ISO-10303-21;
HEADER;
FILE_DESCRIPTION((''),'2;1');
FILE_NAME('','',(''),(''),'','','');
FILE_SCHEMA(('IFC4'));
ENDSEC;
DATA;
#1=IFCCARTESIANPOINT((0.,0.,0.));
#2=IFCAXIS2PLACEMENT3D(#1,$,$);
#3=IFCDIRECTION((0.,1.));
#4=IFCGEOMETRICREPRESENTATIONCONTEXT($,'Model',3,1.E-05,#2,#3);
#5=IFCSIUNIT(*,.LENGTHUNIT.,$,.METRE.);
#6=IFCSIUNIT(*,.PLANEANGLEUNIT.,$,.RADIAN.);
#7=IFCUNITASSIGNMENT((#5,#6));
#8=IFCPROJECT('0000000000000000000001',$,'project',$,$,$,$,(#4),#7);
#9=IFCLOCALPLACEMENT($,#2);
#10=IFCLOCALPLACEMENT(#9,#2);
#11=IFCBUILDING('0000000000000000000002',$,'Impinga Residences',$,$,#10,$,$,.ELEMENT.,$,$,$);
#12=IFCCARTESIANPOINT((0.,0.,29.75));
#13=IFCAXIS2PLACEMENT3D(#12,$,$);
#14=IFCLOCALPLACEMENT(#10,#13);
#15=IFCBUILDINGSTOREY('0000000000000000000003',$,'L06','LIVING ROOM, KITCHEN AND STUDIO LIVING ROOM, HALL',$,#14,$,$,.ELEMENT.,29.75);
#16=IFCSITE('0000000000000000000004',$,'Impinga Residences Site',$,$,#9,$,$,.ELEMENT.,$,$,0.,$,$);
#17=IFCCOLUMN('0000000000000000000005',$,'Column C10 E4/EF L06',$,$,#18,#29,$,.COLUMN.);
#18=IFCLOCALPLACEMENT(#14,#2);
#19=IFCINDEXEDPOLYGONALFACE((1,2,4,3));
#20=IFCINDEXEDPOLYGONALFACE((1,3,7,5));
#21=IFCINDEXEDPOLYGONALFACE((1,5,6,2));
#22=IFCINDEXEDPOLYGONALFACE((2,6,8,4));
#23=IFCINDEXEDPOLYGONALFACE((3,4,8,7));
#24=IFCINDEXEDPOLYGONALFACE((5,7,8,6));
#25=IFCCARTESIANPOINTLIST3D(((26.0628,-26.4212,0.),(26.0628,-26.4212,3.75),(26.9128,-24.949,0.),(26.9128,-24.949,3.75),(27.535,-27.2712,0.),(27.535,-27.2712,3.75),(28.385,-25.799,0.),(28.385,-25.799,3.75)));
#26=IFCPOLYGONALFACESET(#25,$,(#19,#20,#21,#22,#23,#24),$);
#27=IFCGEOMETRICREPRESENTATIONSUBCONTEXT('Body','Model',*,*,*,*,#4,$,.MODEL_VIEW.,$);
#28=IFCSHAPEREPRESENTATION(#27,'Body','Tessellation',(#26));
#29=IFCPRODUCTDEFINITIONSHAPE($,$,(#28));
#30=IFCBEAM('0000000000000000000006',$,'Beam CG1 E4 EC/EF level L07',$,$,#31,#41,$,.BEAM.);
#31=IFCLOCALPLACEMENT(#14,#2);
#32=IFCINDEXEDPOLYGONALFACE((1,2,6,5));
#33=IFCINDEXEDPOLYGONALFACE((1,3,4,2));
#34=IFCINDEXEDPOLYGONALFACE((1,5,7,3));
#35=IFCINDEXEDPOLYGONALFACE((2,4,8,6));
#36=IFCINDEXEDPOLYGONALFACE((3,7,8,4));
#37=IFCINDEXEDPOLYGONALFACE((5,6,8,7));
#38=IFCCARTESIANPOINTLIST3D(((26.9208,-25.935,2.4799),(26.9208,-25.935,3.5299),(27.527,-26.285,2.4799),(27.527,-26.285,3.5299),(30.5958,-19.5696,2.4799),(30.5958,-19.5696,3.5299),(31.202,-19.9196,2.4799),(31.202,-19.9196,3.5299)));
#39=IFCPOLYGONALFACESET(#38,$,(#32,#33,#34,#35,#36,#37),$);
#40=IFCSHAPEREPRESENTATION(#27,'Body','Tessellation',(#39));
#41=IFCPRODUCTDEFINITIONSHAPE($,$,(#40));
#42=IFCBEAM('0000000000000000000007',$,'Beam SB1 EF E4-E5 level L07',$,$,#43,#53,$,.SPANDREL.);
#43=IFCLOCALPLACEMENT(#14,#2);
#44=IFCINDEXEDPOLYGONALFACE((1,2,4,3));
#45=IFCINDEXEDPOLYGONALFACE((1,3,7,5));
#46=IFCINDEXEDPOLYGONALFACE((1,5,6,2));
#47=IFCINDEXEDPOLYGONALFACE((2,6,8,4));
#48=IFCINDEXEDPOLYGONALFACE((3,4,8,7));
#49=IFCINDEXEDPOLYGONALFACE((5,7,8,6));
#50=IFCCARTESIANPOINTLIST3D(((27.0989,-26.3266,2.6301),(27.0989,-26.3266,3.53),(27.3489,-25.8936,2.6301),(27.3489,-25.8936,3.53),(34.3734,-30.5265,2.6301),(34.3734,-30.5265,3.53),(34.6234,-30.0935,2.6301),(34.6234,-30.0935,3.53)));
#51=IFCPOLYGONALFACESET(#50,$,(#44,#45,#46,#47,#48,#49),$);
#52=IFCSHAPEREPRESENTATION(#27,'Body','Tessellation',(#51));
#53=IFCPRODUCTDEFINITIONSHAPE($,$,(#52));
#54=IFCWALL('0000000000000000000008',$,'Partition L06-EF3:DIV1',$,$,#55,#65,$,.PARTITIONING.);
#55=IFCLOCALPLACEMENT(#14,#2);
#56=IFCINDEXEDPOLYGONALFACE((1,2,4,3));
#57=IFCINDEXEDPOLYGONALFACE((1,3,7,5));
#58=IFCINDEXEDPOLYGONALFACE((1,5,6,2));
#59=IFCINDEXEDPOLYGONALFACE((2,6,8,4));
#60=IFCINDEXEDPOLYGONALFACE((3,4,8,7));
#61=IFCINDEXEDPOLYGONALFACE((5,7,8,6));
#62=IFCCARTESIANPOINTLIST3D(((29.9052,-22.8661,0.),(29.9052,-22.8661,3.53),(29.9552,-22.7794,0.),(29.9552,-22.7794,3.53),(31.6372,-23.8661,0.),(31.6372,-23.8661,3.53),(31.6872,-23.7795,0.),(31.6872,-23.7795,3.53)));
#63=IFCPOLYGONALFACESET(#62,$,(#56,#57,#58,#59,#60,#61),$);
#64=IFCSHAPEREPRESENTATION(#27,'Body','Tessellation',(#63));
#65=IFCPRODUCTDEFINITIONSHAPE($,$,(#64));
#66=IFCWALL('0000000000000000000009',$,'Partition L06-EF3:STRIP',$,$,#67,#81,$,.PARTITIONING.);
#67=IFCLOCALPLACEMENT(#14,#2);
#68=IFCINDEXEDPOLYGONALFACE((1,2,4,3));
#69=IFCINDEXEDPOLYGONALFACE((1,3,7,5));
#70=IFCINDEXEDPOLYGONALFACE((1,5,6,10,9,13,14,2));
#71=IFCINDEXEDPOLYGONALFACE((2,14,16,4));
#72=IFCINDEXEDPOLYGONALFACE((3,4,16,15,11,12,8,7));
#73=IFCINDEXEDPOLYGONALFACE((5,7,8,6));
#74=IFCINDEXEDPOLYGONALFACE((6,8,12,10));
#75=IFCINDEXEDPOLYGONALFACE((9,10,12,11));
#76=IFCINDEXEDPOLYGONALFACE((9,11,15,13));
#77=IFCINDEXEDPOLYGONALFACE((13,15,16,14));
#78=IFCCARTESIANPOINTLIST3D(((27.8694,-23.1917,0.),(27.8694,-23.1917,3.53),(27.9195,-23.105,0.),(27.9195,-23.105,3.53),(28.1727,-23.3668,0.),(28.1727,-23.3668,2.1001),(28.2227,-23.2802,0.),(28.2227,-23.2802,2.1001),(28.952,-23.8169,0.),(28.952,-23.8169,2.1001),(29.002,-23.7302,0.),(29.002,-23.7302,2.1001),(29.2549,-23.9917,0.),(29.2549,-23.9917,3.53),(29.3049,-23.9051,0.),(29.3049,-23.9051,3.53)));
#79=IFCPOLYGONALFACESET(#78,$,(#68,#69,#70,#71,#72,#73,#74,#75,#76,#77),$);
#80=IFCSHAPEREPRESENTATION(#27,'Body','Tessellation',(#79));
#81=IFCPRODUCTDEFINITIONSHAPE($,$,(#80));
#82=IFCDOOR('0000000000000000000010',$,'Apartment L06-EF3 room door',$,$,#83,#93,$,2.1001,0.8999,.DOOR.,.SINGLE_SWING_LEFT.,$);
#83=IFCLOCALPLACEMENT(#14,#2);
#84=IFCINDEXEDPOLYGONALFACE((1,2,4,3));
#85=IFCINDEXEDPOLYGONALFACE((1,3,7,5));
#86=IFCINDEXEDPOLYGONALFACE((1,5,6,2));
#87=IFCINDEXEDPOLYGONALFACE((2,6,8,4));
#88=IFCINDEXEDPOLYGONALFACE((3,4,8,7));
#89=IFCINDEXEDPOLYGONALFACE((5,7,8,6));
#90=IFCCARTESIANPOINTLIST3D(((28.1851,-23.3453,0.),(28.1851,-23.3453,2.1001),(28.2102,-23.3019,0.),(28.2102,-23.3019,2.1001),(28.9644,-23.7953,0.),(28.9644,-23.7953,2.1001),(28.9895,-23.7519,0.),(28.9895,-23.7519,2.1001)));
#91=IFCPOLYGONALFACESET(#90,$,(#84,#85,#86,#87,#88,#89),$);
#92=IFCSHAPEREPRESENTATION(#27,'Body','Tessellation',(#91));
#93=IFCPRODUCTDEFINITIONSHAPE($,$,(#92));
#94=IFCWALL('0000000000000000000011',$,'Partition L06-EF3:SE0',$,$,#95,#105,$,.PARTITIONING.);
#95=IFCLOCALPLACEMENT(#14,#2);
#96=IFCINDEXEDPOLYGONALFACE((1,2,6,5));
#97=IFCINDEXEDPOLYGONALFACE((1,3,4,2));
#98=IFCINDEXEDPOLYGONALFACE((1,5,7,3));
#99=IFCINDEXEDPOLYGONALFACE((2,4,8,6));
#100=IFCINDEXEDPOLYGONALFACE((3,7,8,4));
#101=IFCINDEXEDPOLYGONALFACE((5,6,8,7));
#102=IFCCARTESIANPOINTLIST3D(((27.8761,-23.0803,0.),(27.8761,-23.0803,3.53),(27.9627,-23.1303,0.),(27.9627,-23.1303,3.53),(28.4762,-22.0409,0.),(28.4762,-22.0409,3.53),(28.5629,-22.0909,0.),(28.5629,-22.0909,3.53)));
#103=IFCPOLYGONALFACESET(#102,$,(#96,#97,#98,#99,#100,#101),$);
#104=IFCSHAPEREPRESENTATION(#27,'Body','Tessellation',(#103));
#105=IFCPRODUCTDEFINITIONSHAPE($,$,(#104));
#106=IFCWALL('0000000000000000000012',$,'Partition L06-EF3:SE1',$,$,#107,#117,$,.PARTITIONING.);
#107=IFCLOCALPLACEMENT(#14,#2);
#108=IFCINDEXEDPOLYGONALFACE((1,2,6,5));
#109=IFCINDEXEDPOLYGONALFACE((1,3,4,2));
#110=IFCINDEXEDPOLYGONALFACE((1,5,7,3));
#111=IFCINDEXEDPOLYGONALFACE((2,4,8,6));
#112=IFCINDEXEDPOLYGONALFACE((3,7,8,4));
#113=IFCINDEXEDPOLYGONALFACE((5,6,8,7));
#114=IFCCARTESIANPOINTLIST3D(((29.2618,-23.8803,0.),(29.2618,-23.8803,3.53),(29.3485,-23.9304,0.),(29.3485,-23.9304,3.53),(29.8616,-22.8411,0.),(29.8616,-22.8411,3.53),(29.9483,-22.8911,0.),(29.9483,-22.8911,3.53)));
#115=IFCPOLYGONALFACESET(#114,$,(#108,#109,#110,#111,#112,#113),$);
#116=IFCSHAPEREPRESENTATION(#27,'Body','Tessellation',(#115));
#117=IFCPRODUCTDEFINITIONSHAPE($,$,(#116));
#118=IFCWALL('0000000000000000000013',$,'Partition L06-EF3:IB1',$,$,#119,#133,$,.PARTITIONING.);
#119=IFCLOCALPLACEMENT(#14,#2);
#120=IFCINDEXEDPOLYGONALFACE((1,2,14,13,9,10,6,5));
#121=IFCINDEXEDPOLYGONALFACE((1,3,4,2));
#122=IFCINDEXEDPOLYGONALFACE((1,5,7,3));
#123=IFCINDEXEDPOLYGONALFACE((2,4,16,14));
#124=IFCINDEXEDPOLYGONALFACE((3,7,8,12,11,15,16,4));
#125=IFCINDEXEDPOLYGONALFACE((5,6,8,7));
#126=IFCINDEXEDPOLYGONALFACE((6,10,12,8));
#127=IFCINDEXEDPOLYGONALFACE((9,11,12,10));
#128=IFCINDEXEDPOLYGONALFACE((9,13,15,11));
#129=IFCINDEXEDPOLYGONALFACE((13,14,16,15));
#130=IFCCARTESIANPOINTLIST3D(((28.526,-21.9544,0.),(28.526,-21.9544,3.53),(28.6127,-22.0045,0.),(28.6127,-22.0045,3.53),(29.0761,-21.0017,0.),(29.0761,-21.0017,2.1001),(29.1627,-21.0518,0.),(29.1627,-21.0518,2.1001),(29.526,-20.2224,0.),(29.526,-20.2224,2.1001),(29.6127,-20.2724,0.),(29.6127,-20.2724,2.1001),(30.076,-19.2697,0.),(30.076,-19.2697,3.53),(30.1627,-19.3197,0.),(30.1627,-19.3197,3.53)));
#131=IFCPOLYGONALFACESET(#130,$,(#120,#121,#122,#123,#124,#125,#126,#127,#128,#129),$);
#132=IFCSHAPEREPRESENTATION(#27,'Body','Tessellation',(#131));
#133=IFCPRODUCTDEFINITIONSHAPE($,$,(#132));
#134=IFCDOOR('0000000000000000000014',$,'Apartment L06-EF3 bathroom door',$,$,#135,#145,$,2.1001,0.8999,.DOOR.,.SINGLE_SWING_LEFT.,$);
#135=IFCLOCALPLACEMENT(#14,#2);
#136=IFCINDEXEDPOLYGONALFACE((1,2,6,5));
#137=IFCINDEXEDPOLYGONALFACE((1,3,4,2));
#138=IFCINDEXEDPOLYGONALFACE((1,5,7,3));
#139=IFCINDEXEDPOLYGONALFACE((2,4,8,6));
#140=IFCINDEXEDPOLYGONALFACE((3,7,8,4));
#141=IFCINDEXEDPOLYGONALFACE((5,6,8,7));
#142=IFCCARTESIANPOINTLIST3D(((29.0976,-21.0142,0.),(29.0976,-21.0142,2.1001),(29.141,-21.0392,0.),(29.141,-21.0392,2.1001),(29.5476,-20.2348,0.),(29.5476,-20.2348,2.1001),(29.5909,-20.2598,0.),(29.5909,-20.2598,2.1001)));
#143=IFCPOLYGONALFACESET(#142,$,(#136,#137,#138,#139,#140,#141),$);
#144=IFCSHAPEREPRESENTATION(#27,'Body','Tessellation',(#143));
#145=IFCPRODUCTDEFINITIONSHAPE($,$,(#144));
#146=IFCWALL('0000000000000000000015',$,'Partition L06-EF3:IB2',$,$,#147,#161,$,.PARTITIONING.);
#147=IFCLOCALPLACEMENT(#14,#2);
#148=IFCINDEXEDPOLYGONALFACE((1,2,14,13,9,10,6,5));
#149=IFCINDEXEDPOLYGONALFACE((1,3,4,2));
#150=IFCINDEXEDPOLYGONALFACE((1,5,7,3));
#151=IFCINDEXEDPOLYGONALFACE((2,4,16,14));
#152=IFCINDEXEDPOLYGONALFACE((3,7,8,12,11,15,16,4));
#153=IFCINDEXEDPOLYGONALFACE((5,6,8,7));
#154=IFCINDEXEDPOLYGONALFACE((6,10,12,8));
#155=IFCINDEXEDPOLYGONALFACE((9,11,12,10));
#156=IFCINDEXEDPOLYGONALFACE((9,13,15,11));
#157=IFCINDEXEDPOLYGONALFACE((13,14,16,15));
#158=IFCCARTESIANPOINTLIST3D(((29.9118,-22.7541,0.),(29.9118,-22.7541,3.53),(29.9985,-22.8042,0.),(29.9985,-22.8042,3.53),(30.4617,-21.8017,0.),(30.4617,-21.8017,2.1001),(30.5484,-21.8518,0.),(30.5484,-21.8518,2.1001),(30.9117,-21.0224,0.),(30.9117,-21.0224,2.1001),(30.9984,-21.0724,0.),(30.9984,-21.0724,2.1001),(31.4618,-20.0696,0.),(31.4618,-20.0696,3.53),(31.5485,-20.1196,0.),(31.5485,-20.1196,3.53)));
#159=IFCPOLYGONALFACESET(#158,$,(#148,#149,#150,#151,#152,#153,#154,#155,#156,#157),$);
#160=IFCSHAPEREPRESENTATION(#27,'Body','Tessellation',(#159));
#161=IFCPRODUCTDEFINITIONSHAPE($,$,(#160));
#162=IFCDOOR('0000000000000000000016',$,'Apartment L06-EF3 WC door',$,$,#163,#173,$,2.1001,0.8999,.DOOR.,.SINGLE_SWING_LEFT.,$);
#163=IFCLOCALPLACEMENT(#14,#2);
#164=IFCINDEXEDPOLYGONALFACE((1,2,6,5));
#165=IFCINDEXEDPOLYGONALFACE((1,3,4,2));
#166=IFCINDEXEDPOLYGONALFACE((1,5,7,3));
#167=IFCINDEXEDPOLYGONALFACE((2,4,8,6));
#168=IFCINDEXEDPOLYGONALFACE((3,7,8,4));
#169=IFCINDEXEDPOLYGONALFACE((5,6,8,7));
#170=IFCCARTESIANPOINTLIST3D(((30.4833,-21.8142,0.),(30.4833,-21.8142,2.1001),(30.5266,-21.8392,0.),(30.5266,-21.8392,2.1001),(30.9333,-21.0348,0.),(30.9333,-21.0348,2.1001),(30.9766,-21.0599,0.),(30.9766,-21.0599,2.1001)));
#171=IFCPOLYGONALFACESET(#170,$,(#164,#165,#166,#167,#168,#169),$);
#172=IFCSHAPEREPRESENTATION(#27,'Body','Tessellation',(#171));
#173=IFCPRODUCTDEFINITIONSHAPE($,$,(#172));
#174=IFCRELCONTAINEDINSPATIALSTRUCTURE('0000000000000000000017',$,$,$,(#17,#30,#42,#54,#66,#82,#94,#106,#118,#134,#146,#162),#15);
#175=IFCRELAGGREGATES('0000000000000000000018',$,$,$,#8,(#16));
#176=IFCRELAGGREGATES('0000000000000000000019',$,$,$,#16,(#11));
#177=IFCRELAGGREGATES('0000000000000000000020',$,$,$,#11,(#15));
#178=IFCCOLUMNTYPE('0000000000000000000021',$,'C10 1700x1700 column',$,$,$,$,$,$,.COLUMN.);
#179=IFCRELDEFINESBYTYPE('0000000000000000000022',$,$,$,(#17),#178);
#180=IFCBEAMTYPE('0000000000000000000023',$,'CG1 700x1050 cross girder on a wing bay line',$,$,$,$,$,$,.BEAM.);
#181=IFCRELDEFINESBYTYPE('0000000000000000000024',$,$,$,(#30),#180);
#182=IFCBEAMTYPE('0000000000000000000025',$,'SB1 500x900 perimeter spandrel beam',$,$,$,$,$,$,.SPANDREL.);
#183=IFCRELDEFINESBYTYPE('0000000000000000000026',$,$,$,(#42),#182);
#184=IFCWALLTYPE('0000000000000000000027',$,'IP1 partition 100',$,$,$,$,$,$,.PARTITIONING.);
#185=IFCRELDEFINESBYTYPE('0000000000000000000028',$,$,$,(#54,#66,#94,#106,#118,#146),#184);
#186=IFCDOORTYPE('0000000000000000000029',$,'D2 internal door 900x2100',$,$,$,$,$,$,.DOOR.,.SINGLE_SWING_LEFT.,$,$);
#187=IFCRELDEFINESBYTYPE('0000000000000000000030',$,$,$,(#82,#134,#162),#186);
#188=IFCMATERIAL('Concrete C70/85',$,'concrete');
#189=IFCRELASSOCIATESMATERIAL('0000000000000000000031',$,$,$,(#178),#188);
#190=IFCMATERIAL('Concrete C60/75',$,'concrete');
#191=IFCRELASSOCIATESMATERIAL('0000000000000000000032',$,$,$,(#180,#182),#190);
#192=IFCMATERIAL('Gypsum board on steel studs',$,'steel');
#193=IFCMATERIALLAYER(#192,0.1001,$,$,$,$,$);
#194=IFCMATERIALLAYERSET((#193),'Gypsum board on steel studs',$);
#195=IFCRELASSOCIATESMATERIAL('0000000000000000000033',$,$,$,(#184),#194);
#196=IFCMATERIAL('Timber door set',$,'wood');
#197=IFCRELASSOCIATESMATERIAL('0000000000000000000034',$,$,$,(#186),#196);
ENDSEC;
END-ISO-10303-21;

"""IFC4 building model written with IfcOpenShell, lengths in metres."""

from ifc_helpers import new_model, si_unit, direction, frame, frame_2d, origin, origin_2d, place, context, subcontext, project, spatial, rectangle, extrude, material, layer, layer_set, material_profile, profile_set, type_object, element, fill, save


model = new_model("IFC4")

# Units and contexts
model_context = context("Model", 3, precision=1e-05, world=origin(), true_north=direction((0.0, 1.0)))
body_context = subcontext(model_context, "Body", "Model", "MODEL_VIEW")
ifc_project = project(units=[si_unit("LENGTHUNIT", "METRE"), si_unit("PLANEANGLEUNIT", "RADIAN")], contexts=[model_context])

# Site, building, storey
site_placement = place(None, origin())
site = spatial("IfcSite", under=ifc_project, at=site_placement, Name="Impinga Residences Site", CompositionType="ELEMENT", RefElevation=0.0)
building_placement = place(site_placement, origin())
building = spatial("IfcBuilding", under=site, at=building_placement, Name="Impinga Residences", CompositionType="ELEMENT")
storey_placement = place(building_placement, frame((0.0, 0.0, 29.75)))
storey = spatial("IfcBuildingStorey", under=building, at=storey_placement, Name="L06", Description="LIVING ROOM, KITCHEN AND STUDIO LIVING ROOM, HALL", CompositionType="ELEMENT", Elevation=29.75)

# Column
ifc_material_1 = material(Name="Concrete C70/85", Category="concrete")
ifc_material_profile_1 = material_profile(ifc_material_1, rectangle(XDim=1.7, YDim=1.7, at=origin_2d()), Name="RC 1700x1700")
ifc_profile_set_1 = profile_set([ifc_material_profile_1], Name="Concrete C70/85")
column_type = type_object("IfcColumnType", Name="C10 1700x1700 column", PredefinedType="COLUMN", material=ifc_profile_set_1)
column_placement = place(storey_placement, frame((27.2239, -26.1101, 0.0), z_axis=(0.0, 0.0, 1.0), x_axis=(-0.5, -0.866025, 0.0)))
element("IfcColumn", 1, at=column_placement, inside=storey, type_object=column_type, Name="Column C10 E4/EF L06", PredefinedType="COLUMN", context=body_context, shape_type="SweptSolid", body=[
    extrude(rectangle(XDim=1.7, YDim=1.7, at=origin_2d()), origin(), (0.0, 0.0, 1.0), 3.75),
])

# Beams
ifc_material_2 = material(Name="Concrete C60/75", Category="concrete")
ifc_material_profile_2 = material_profile(ifc_material_2, rectangle(XDim=0.7, YDim=1.05, at=origin_2d()), Name="RC 700x1050")
ifc_profile_set_2 = profile_set([ifc_material_profile_2], Name="Concrete C60/75")
beam_type_1 = type_object("IfcBeamType", Name="CG1 700x1050 cross girder on a wing bay line", PredefinedType="BEAM", material=ifc_profile_set_2)
beam_1_placement = place(storey_placement, frame((30.8989, -19.7446, 3.0049), z_axis=(-0.499994, -0.866029, 0.0), x_axis=(0.866029, -0.499994, 0.0)))
element("IfcBeam", 2, at=beam_1_placement, inside=storey, type_object=beam_type_1, Name="Beam CG1 E4 EC/EF level L07", PredefinedType="BEAM", context=body_context, shape_type="SweptSolid", body=[
    extrude(rectangle(XDim=0.7, YDim=1.05, at=origin_2d()), origin(), (0.0, 0.0, 1.0), 7.3501),
])
ifc_material_profile_3 = material_profile(ifc_material_2, rectangle(XDim=0.5, YDim=0.8999, at=origin_2d()), Name="RC 500x900")
ifc_profile_set_3 = profile_set([ifc_material_profile_3], Name="Concrete C60/75")
beam_type_2 = type_object("IfcBeamType", Name="SB1 500x900 perimeter spandrel beam", PredefinedType="SPANDREL", material=ifc_profile_set_3)
beam_2_placement = place(storey_placement, frame((27.2239, -26.1101, 3.0801), z_axis=(0.866029, -0.499993, 0.0), x_axis=(0.499993, 0.866029, 0.0)))
element("IfcBeam", 3, at=beam_2_placement, inside=storey, type_object=beam_type_2, Name="Beam SB1 EF E4-E5 level L07", PredefinedType="SPANDREL", context=body_context, shape_type="SweptSolid", body=[
    extrude(rectangle(XDim=0.5, YDim=0.8999, at=origin_2d()), origin(), (0.0, 0.0, 1.0), 8.3999),
])

# Wall
ifc_material_3 = material(Name="Gypsum board on steel studs", Category="steel")
ifc_layer_1 = layer(ifc_material_3, 0.1001)
ifc_layer_set_1 = layer_set([ifc_layer_1], Name="Gypsum board on steel studs")
wall_type_1 = type_object("IfcWallType", Name="IP1 partition 100", PredefinedType="PARTITIONING", material=ifc_layer_set_1)
wall_1_placement = place(storey_placement, frame((29.9302, -22.8228, 0.0), z_axis=(0.0, 0.0, 1.0), x_axis=(0.866011, -0.500025, 0.0)))
element("IfcWall", 4, at=wall_1_placement, inside=storey, type_object=wall_type_1, Name="Partition L06-EF3:DIV1", PredefinedType="PARTITIONING", context=body_context, shape_type="SweptSolid", body=[
    extrude(rectangle(XDim=2.0, YDim=0.1001, at=frame_2d((1.0, 0.0))), origin(), (0.0, 0.0, 1.0), 3.53),
])

# Wall, opening, door
wall_2_placement = place(storey_placement, frame((27.8945, -23.1484, 0.0), z_axis=(0.0, 0.0, 1.0), x_axis=(0.86599, -0.500061, 0.0)))
wall_2 = element("IfcWall", 5, at=wall_2_placement, inside=storey, type_object=wall_type_1, Name="Partition L06-EF3:STRIP", PredefinedType="PARTITIONING", context=body_context, shape_type="SweptSolid", body=[
    extrude(rectangle(XDim=1.5999, YDim=0.1001, at=frame_2d((0.7998, 0.0))), origin(), (0.0, 0.0, 1.0), 3.53),
])
opening_1_placement = place(wall_2_placement, frame((0.3501, 0.0, 0.0)))
opening_1 = element("IfcOpeningElement", 6, at=opening_1_placement, cuts=wall_2, PredefinedType="OPENING", context=body_context, shape_type="SweptSolid", body=[
    extrude(rectangle(XDim=0.8999, YDim=2.1001, at=frame_2d((0.45, 1.05))), frame((0.0, 0.0601, 0.0), z_axis=(0.0, -1.0, 0.0), x_axis=(1.0, 0.0, 0.0)), (0.0, 0.0, 1.0), 0.1201),
])
ifc_material_4 = material(Name="Timber door set", Category="wood")
door_type = type_object("IfcDoorType", Name="D2 internal door 900x2100", OperationType="SINGLE_SWING_LEFT", PredefinedType="DOOR", material=ifc_material_4)
door_1_placement = place(opening_1_placement, origin())
door_1 = element("IfcDoor", 7, at=door_1_placement, inside=storey, type_object=door_type, Name="Apartment L06-EF3 room door", OperationType="SINGLE_SWING_LEFT", OverallHeight=2.1001, OverallWidth=0.8999, PredefinedType="DOOR", context=body_context, shape_type="SweptSolid", body=[
    extrude(rectangle(XDim=0.8999, YDim=2.1001, at=frame_2d((0.45, 1.05))), frame((0.0, 0.0249, 0.0), z_axis=(0.0, -1.0, 0.0), x_axis=(1.0, 0.0, 0.0)), (0.0, 0.0, 1.0), 0.05),
])
fill(opening_1, door_1)

# Walls
wall_3_placement = place(storey_placement, frame((28.5195, -22.0659, 0.0), z_axis=(0.0, 0.0, 1.0), x_axis=(-0.500034, -0.866006, 0.0)))
element("IfcWall", 8, at=wall_3_placement, inside=storey, type_object=wall_type_1, Name="Partition L06-EF3:SE0", PredefinedType="PARTITIONING", context=body_context, shape_type="SweptSolid", body=[
    extrude(rectangle(XDim=1.2002, YDim=0.1001, at=frame_2d((0.6001, 0.0))), origin(), (0.0, 0.0, 1.0), 3.53),
])
wall_4_placement = place(storey_placement, frame((29.905, -22.866, 0.0), z_axis=(0.0, 0.0, 1.0), x_axis=(-0.499881, -0.866094, 0.0)))
element("IfcWall", 9, at=wall_4_placement, inside=storey, type_object=wall_type_1, Name="Partition L06-EF3:SE1", PredefinedType="PARTITIONING", context=body_context, shape_type="SweptSolid", body=[
    extrude(rectangle(XDim=1.2, YDim=0.1001, at=frame_2d((0.6001, 0.0))), origin(), (0.0, 0.0, 1.0), 3.53),
])

# Walls, openings, doors
wall_5_placement = place(storey_placement, frame((30.1194, -19.2947, 0.0), z_axis=(0.0, 0.0, 1.0), x_axis=(-0.499993, -0.86603, 0.0)))
wall_5 = element("IfcWall", 10, at=wall_5_placement, inside=storey, type_object=wall_type_1, Name="Partition L06-EF3:IB1", PredefinedType="PARTITIONING", context=body_context, shape_type="SweptSolid", body=[
    extrude(rectangle(XDim=3.1001, YDim=0.1001, at=frame_2d((1.55, 0.0))), origin(), (0.0, 0.0, 1.0), 3.53),
])
opening_2_placement = place(wall_5_placement, frame((1.1001, 0.0, 0.0)))
opening_2 = element("IfcOpeningElement", 11, at=opening_2_placement, cuts=wall_5, PredefinedType="OPENING", context=body_context, shape_type="SweptSolid", body=[
    extrude(rectangle(XDim=0.8999, YDim=2.1001, at=frame_2d((0.45, 1.05))), frame((0.0, 0.0601, 0.0), z_axis=(0.0, -1.0, 0.0), x_axis=(1.0, 0.0, 0.0)), (0.0, 0.0, 1.0), 0.1201),
])
door_2_placement = place(opening_2_placement, origin())
door_2 = element("IfcDoor", 12, at=door_2_placement, inside=storey, type_object=door_type, Name="Apartment L06-EF3 bathroom door", OperationType="SINGLE_SWING_LEFT", OverallHeight=2.1001, OverallWidth=0.8999, PredefinedType="DOOR", context=body_context, shape_type="SweptSolid", body=[
    extrude(rectangle(XDim=0.8999, YDim=2.1001, at=frame_2d((0.45, 1.05))), frame((0.0, 0.0249, 0.0), z_axis=(0.0, -1.0, 0.0), x_axis=(1.0, 0.0, 0.0)), (0.0, 0.0, 1.0), 0.05),
])
fill(opening_2, door_2)
wall_6_placement = place(storey_placement, frame((31.5051, -20.0947, 0.0), z_axis=(0.0, 0.0, 1.0), x_axis=(-0.500027, -0.86601, 0.0)))
wall_6 = element("IfcWall", 13, at=wall_6_placement, inside=storey, type_object=wall_type_1, Name="Partition L06-EF3:IB2", PredefinedType="PARTITIONING", context=body_context, shape_type="SweptSolid", body=[
    extrude(rectangle(XDim=3.0999, YDim=0.1001, at=frame_2d((1.5498, 0.0))), origin(), (0.0, 0.0, 1.0), 3.53),
])
opening_3_placement = place(wall_6_placement, frame((1.1001, 0.0, 0.0)))
opening_3 = element("IfcOpeningElement", 14, at=opening_3_placement, cuts=wall_6, PredefinedType="OPENING", context=body_context, shape_type="SweptSolid", body=[
    extrude(rectangle(XDim=0.8999, YDim=2.1001, at=frame_2d((0.45, 1.05))), frame((0.0, 0.0601, 0.0), z_axis=(0.0, -1.0, 0.0), x_axis=(1.0, 0.0, 0.0)), (0.0, 0.0, 1.0), 0.1201),
])
door_3_placement = place(opening_3_placement, origin())
door_3 = element("IfcDoor", 15, at=door_3_placement, inside=storey, type_object=door_type, Name="Apartment L06-EF3 WC door", OperationType="SINGLE_SWING_LEFT", OverallHeight=2.1001, OverallWidth=0.8999, PredefinedType="DOOR", context=body_context, shape_type="SweptSolid", body=[
    extrude(rectangle(XDim=0.8999, YDim=2.1001, at=frame_2d((0.45, 1.05))), frame((0.0, 0.0249, 0.0), z_axis=(0.0, -1.0, 0.0), x_axis=(1.0, 0.0, 0.0)), (0.0, 0.0, 1.0), 0.05),
])
fill(opening_3, door_3)

save(model, "model.ifc")
